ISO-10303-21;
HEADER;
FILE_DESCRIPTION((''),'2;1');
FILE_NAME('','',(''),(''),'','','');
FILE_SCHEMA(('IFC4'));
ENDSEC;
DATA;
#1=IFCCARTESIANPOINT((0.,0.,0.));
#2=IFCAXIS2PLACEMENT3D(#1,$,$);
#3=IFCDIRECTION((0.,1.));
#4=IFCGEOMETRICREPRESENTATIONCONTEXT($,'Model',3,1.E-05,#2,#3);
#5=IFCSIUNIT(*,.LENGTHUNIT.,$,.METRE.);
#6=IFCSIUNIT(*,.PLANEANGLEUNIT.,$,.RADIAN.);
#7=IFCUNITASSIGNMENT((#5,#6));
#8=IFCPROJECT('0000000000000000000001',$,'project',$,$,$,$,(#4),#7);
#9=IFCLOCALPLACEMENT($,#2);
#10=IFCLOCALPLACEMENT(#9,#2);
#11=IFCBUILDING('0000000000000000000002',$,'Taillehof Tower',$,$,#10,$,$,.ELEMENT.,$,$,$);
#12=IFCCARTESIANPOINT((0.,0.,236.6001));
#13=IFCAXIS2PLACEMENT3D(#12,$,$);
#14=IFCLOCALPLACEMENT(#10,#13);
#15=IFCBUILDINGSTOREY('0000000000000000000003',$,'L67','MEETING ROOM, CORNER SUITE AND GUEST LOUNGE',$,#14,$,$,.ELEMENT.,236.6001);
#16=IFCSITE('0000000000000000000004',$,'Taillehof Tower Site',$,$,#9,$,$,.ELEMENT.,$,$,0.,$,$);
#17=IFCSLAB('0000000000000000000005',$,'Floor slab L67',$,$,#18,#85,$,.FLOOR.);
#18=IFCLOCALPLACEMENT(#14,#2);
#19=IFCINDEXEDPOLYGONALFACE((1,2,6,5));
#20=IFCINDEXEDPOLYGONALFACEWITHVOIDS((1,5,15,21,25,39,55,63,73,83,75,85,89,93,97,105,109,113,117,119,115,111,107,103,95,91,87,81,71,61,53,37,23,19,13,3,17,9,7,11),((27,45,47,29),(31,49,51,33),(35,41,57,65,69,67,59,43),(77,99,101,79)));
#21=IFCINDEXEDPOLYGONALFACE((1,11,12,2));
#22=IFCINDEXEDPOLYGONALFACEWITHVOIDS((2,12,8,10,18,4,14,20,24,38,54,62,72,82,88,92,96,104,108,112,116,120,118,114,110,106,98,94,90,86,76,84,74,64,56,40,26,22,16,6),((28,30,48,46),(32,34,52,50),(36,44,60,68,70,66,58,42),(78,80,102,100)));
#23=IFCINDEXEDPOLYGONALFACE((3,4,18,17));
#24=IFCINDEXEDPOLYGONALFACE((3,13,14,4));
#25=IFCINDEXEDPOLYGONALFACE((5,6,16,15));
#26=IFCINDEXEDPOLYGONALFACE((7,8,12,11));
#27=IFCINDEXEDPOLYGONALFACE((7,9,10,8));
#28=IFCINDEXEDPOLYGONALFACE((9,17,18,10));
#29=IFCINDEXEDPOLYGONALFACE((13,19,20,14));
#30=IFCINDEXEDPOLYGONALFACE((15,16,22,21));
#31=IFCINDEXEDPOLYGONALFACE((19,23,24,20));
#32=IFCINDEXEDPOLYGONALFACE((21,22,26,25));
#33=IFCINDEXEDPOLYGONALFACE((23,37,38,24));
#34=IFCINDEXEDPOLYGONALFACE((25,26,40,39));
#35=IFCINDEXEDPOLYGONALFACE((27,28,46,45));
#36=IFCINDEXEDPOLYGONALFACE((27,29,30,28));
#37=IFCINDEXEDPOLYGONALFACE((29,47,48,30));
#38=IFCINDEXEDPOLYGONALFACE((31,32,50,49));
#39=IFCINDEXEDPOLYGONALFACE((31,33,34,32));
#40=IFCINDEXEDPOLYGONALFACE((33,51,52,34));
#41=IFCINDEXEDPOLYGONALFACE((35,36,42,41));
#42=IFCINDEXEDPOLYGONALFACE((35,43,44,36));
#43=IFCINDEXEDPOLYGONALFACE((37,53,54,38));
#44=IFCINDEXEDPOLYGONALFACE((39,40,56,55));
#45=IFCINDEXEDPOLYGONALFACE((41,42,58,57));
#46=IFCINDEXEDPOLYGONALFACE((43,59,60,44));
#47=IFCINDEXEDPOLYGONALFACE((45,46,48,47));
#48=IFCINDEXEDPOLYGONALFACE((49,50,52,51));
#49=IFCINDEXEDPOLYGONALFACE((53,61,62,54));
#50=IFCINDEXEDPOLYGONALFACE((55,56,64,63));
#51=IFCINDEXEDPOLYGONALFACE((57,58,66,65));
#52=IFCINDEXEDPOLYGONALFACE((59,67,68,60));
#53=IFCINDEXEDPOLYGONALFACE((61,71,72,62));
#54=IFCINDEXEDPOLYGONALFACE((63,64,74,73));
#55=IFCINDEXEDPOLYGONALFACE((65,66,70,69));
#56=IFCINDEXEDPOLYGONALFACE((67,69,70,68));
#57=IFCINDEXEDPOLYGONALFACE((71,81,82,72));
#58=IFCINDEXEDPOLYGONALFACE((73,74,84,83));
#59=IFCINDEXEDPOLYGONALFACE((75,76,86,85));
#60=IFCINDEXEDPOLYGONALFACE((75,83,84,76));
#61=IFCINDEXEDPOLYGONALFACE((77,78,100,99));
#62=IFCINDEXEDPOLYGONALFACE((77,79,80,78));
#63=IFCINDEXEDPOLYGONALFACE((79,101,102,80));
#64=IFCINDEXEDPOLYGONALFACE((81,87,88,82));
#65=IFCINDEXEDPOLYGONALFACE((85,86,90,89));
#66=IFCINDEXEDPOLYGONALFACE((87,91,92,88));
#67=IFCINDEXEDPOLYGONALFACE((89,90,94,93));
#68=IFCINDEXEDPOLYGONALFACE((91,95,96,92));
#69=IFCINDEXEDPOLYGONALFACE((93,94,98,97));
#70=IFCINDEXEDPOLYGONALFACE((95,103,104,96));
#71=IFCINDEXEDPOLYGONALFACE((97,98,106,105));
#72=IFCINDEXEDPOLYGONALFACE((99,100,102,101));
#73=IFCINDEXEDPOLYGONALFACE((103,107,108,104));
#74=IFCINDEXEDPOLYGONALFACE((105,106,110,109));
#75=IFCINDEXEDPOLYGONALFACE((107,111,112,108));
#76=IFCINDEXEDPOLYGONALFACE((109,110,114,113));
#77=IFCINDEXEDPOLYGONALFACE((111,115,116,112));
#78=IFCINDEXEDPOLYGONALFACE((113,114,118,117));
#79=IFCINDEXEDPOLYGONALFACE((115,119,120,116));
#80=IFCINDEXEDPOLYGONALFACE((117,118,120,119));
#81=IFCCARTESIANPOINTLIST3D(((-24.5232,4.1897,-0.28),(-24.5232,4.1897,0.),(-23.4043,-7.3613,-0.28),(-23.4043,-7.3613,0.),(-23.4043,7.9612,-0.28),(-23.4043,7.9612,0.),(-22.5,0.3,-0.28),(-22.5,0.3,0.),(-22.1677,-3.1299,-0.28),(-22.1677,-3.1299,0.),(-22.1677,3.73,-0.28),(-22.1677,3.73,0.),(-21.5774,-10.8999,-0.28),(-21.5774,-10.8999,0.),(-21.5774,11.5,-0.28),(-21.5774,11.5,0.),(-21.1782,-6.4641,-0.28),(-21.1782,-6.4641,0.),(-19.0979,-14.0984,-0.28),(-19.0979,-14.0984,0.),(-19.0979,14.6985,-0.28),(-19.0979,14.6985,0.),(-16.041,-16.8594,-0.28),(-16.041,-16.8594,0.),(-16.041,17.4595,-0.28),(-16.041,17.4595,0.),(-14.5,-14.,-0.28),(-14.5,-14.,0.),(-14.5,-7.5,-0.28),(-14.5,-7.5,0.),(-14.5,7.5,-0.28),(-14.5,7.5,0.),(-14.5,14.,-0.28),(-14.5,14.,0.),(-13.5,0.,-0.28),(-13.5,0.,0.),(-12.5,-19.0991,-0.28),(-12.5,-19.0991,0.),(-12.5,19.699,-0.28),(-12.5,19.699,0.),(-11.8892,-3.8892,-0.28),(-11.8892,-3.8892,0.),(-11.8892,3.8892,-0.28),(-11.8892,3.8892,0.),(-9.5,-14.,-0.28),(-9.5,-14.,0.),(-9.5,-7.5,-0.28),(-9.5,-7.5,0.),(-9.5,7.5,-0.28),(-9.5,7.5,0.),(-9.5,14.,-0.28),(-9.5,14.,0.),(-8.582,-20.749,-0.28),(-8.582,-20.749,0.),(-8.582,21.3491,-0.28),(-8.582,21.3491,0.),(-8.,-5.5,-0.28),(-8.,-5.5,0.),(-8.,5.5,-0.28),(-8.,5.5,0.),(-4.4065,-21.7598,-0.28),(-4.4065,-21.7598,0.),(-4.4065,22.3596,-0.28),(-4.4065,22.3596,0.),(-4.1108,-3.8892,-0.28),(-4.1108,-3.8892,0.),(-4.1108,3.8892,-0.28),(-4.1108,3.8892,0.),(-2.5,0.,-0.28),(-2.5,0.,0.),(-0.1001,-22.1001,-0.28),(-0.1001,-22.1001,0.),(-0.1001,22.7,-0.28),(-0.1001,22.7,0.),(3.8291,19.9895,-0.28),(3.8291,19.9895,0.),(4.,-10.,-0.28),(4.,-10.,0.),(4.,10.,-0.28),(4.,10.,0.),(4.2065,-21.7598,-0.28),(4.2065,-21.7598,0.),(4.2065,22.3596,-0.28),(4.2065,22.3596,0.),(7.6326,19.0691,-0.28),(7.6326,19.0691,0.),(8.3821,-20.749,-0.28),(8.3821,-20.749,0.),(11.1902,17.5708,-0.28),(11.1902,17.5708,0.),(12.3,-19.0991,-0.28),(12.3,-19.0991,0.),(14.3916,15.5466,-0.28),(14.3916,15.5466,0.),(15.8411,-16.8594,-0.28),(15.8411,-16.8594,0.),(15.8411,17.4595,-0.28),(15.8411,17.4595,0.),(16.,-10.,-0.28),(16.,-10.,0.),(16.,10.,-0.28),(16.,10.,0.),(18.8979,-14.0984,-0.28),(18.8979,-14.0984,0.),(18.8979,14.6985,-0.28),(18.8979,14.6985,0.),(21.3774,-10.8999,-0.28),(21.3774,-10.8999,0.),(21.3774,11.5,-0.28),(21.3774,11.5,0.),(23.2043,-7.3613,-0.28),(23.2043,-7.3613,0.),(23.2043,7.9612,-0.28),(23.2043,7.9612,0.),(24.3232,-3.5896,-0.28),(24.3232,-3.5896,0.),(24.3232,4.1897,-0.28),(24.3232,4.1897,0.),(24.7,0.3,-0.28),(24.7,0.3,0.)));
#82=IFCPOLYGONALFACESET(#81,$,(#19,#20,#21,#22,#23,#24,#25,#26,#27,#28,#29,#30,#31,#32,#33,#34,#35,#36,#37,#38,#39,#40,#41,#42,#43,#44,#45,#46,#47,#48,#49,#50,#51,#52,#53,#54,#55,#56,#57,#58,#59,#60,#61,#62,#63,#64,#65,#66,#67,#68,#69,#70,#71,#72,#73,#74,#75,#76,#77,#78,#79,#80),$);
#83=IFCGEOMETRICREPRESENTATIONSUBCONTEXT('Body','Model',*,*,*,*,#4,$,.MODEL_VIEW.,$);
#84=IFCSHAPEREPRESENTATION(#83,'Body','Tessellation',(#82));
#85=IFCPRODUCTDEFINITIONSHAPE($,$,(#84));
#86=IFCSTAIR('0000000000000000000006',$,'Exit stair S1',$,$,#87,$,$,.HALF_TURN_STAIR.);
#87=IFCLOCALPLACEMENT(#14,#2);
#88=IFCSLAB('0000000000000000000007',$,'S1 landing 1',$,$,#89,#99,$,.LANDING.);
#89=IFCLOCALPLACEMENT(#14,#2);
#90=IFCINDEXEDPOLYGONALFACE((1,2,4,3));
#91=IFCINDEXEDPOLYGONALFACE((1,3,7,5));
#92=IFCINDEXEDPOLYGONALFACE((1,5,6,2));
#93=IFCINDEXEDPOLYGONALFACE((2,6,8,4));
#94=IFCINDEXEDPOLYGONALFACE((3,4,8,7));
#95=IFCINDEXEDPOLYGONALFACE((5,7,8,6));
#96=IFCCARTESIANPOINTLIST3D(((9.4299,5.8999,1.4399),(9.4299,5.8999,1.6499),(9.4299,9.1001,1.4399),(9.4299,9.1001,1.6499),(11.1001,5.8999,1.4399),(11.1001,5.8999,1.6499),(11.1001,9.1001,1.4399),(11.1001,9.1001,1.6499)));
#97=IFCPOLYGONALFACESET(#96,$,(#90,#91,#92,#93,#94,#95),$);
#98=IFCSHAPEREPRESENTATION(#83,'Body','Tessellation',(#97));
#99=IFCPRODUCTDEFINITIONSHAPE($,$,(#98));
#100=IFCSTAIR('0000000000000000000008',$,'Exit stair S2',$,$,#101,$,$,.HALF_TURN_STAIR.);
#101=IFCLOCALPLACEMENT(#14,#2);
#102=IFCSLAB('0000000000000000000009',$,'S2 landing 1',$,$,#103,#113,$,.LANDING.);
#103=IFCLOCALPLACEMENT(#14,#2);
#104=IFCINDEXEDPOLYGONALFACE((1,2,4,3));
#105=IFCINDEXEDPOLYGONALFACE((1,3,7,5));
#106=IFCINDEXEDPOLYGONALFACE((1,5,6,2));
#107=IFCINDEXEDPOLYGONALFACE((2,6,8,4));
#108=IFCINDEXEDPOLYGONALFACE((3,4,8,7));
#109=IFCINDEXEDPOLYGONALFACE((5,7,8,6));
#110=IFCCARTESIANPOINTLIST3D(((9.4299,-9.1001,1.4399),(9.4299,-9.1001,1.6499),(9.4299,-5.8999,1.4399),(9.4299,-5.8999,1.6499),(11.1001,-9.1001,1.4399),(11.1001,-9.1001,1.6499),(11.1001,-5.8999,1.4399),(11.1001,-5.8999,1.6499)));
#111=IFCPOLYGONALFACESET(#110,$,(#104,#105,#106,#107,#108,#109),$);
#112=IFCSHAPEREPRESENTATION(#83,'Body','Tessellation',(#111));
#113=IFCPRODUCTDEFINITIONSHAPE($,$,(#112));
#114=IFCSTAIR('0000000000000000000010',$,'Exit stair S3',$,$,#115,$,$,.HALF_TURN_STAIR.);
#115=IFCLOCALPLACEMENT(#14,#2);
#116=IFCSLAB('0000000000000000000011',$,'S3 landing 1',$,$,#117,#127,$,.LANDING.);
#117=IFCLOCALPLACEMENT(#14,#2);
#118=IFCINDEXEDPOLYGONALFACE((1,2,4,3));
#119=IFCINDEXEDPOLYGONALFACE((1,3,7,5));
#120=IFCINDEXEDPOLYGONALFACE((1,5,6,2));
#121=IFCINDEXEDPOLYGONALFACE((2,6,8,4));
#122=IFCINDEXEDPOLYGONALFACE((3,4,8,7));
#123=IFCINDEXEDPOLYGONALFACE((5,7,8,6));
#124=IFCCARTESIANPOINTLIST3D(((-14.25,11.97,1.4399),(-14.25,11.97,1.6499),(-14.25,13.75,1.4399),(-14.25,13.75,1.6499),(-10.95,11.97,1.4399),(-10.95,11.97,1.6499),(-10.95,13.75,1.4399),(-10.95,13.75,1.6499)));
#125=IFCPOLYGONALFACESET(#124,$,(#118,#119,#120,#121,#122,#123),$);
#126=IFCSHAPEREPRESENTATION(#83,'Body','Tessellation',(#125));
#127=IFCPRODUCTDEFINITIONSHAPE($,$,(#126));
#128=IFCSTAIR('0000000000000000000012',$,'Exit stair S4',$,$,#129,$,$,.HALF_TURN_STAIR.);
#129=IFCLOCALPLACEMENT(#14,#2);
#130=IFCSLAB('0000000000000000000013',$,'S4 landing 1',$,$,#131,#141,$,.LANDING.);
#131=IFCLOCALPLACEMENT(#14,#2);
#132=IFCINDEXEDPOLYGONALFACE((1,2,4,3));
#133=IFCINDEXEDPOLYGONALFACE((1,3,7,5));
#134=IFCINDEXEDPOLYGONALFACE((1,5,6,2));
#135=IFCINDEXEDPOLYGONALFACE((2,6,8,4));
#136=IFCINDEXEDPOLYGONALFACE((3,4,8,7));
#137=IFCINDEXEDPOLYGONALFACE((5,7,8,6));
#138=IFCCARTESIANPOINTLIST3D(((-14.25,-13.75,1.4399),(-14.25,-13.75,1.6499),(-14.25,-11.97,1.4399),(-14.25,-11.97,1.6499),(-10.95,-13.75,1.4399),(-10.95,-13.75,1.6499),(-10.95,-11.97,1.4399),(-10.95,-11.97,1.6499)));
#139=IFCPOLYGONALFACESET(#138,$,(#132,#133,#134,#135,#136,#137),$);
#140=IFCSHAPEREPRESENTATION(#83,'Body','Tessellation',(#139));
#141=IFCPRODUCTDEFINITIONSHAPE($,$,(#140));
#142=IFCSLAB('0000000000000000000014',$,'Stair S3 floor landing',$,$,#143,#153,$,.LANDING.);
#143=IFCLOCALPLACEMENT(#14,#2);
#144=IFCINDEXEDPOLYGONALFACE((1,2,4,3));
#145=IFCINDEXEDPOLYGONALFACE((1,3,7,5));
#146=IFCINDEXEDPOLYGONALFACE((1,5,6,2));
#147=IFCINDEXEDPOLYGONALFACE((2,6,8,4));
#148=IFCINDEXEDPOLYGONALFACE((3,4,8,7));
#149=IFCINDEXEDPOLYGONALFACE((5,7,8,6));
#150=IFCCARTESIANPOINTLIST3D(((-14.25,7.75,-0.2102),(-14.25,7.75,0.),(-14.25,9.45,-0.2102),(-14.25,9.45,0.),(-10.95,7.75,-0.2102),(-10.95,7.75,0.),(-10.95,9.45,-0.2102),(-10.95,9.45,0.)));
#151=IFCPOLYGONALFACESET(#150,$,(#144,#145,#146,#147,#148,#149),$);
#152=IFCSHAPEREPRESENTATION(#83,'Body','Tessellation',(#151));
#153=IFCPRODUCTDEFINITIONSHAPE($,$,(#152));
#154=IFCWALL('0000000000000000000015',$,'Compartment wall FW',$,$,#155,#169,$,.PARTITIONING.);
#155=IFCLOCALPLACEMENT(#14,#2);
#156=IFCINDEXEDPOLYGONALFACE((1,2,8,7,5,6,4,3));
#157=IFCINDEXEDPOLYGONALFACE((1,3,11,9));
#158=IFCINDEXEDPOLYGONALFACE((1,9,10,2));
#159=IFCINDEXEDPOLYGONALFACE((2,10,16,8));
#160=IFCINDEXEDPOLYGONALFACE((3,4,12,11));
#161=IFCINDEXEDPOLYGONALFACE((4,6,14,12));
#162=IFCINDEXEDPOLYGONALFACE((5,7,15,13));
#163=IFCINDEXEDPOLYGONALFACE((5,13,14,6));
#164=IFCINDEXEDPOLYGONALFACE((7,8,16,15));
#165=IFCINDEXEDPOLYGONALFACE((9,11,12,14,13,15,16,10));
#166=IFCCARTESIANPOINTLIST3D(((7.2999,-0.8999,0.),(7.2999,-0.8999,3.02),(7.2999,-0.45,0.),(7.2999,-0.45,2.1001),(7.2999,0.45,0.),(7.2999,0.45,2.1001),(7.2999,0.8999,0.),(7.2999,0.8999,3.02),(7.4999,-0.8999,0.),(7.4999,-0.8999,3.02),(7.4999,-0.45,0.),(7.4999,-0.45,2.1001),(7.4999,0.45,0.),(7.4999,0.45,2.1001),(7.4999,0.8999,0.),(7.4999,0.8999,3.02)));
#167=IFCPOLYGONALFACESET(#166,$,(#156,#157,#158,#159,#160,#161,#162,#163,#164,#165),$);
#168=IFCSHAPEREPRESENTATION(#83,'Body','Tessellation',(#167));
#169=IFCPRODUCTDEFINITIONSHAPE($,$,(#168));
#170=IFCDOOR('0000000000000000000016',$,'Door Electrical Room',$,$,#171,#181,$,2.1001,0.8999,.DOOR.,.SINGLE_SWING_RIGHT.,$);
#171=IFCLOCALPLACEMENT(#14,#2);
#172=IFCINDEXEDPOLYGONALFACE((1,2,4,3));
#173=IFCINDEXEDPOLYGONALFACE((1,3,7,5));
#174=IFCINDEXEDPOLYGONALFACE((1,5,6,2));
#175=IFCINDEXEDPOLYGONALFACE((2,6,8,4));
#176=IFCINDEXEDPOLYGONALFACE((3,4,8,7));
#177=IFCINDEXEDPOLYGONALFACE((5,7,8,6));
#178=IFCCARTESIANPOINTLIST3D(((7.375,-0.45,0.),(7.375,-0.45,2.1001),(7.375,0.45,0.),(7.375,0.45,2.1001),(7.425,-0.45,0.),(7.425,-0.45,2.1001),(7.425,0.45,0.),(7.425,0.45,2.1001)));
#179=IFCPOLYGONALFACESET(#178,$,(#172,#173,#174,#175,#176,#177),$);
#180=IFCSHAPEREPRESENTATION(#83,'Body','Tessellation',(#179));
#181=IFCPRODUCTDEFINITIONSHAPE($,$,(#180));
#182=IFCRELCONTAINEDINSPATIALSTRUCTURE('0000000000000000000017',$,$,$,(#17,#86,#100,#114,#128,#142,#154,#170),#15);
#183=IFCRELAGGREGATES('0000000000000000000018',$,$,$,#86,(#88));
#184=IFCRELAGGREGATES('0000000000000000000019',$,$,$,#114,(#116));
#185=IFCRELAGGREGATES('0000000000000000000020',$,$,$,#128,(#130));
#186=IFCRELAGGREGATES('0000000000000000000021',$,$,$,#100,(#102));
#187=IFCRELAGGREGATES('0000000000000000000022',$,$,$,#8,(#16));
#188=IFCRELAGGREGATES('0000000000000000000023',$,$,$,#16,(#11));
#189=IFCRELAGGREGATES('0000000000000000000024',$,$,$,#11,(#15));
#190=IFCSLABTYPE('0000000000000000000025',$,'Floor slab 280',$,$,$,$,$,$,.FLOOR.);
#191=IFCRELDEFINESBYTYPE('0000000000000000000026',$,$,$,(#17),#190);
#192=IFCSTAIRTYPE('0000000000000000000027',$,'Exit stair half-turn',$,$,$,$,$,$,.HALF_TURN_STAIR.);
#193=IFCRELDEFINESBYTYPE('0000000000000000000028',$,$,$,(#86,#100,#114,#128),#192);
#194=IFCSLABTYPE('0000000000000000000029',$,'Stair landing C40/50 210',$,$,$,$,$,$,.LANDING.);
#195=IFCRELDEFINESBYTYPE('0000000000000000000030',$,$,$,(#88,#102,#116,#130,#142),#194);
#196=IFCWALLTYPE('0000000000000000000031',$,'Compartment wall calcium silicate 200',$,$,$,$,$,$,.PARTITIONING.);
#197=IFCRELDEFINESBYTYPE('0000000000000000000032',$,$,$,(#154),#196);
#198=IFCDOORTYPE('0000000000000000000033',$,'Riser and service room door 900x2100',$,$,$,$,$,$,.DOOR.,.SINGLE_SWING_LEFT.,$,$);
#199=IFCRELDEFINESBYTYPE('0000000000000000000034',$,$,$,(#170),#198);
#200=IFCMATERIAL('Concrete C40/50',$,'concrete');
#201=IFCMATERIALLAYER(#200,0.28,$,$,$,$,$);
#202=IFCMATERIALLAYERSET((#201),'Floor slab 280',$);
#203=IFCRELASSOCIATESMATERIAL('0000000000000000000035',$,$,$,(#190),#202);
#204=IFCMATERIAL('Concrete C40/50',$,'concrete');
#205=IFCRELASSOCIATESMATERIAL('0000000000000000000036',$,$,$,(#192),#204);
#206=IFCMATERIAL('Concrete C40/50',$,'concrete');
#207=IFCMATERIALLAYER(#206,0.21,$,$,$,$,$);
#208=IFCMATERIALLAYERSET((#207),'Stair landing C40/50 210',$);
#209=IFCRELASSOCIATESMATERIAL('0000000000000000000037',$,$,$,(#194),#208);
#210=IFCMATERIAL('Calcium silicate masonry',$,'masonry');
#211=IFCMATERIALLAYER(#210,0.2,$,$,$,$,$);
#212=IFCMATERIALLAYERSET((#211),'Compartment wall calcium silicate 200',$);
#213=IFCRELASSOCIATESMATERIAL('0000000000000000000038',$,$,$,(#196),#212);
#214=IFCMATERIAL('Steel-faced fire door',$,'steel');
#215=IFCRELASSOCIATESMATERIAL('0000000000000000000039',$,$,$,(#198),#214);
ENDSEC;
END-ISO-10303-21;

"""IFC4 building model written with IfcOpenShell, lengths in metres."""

from ifc_helpers import new_model, si_unit, direction, frame, frame_2d, origin, place, context, subcontext, project, spatial, polyline, rectangle, outline, extrude, material, layer, layer_set, type_object, element, fill, aggregate, save


model = new_model("IFC4")

# Units and contexts
model_context = context("Model", 3, precision=1e-05, world=origin(), true_north=direction((0.0, 1.0)))
body_context = subcontext(model_context, "Body", "Model", "MODEL_VIEW")
ifc_project = project(units=[si_unit("LENGTHUNIT", "METRE"), si_unit("PLANEANGLEUNIT", "RADIAN")], contexts=[model_context])

# Site, building, storey
site_placement = place(None, origin())
site = spatial("IfcSite", under=ifc_project, at=site_placement, Name="Taillehof Tower Site", CompositionType="ELEMENT", RefElevation=0.0)
building_placement = place(site_placement, origin())
building = spatial("IfcBuilding", under=site, at=building_placement, Name="Taillehof Tower", CompositionType="ELEMENT")
storey_placement = place(building_placement, frame((0.0, 0.0, 236.6001)))
storey = spatial("IfcBuildingStorey", under=building, at=storey_placement, Name="L67", Description="MEETING ROOM, CORNER SUITE AND GUEST LOUNGE", CompositionType="ELEMENT", Elevation=236.6001)

# Slab
ifc_material_1 = material(Name="Concrete C40/50", Category="concrete")
ifc_layer_1 = layer(ifc_material_1, 0.28)
ifc_layer_set_1 = layer_set([ifc_layer_1], Name="Floor slab 280")
slab_type_1 = type_object("IfcSlabType", Name="Floor slab 280", PredefinedType="FLOOR", material=ifc_layer_set_1)
slab_1_placement = place(storey_placement, frame((0.0, 0.0, -0.28)))
element("IfcSlab", 1, at=slab_1_placement, inside=storey, type_object=slab_type_1, Name="Floor slab L67", PredefinedType="FLOOR", context=body_context, shape_type="SweptSolid", body=[
    extrude(outline(polyline([(24.7, 0.3), (24.3232, 4.1897), (23.2043, 7.9612), (21.3774, 11.5), (18.8979, 14.6985), (15.8411, 17.4595), (14.3916, 15.5466), (11.1902, 17.5708), (7.6326, 19.0691), (3.8291, 19.9895), (4.2065, 22.3596), (-0.1001, 22.7), (-4.4065, 22.3596), (-8.582, 21.3491), (-12.5, 19.699), (-16.041, 17.4595), (-19.0979, 14.6985), (-21.5774, 11.5), (-23.4043, 7.9612), (-24.5232, 4.1897), (-22.1677, 3.73), (-22.5, 0.3), (-22.1677, -3.1299), (-21.1782, -6.4641), (-23.4043, -7.3613), (-21.5774, -10.8999), (-19.0979, -14.0984), (-16.041, -16.8594), (-12.5, -19.0991), (-8.582, -20.749), (-4.4065, -21.7598), (-0.1001, -22.1001), (4.2065, -21.7598), (8.3821, -20.749), (12.3, -19.0991), (15.8411, -16.8594), (18.8979, -14.0984), (21.3774, -10.8999), (23.2043, -7.3613), (24.3232, -3.5896), (24.7, 0.3)]), holes=[polyline([(-14.5, -7.5), (-9.5, -7.5), (-9.5, -14.0), (-14.5, -14.0), (-14.5, -7.5)]), polyline([(-8.0, -5.5), (-11.8892, -3.8892), (-13.5, 0.0), (-11.8892, 3.8892), (-8.0, 5.5), (-4.1108, 3.8892), (-2.5, 0.0), (-4.1108, -3.8892), (-8.0, -5.5)]), polyline([(16.0, 10.0), (16.0, -10.0), (4.0, -10.0), (4.0, 10.0), (16.0, 10.0)]), polyline([(-14.5, 14.0), (-9.5, 14.0), (-9.5, 7.5), (-14.5, 7.5), (-14.5, 14.0)])]), origin(), (0.0, 0.0, 1.0), 0.28),
])

# Stairs, slabs
ifc_material_2 = material(Name="Concrete C40/50", Category="concrete")
stair_type = type_object("IfcStairType", Name="Exit stair half-turn", PredefinedType="HALF_TURN_STAIR", material=ifc_material_2)
stair_1_placement = place(storey_placement, origin())
stair_1 = element("IfcStair", 2, at=stair_1_placement, inside=storey, type_object=stair_type, Name="Exit stair S1", PredefinedType="HALF_TURN_STAIR")
ifc_material_3 = material(Name="Concrete C40/50", Category="concrete")
ifc_layer_2 = layer(ifc_material_3, 0.21)
ifc_layer_set_2 = layer_set([ifc_layer_2], Name="Stair landing C40/50 210")
slab_type_2 = type_object("IfcSlabType", Name="Stair landing C40/50 210", PredefinedType="LANDING", material=ifc_layer_set_2)
slab_2_placement = place(storey_placement, frame((0.0, 0.0, 1.4399)))
slab_2 = element("IfcSlab", 3, at=slab_2_placement, type_object=slab_type_2, Name="S1 landing 1", PredefinedType="LANDING", context=body_context, shape_type="SweptSolid", body=[
    extrude(outline(polyline([(9.4299, 5.8999), (11.1001, 5.8999), (11.1001, 9.1001), (9.4299, 9.1001), (9.4299, 5.8999)])), origin(), (0.0, 0.0, 1.0), 0.21),
])
aggregate(stair_1, [slab_2])
stair_2_placement = place(storey_placement, origin())
stair_2 = element("IfcStair", 4, at=stair_2_placement, inside=storey, type_object=stair_type, Name="Exit stair S2", PredefinedType="HALF_TURN_STAIR")
slab_3_placement = place(storey_placement, frame((0.0, 0.0, 1.4399)))
slab_3 = element("IfcSlab", 5, at=slab_3_placement, type_object=slab_type_2, Name="S2 landing 1", PredefinedType="LANDING", context=body_context, shape_type="SweptSolid", body=[
    extrude(outline(polyline([(9.4299, -5.8999), (11.1001, -5.8999), (11.1001, -9.1001), (9.4299, -9.1001), (9.4299, -5.8999)])), origin(), (0.0, 0.0, 1.0), 0.21),
])
stair_3_placement = place(storey_placement, origin())
stair_3 = element("IfcStair", 6, at=stair_3_placement, inside=storey, type_object=stair_type, Name="Exit stair S3", PredefinedType="HALF_TURN_STAIR")
slab_4_placement = place(storey_placement, frame((0.0, 0.0, 1.4399)))
slab_4 = element("IfcSlab", 7, at=slab_4_placement, type_object=slab_type_2, Name="S3 landing 1", PredefinedType="LANDING", context=body_context, shape_type="SweptSolid", body=[
    extrude(outline(polyline([(-14.25, 11.97), (-14.25, 13.75), (-10.95, 13.75), (-10.95, 11.97), (-14.25, 11.97)])), origin(), (0.0, 0.0, 1.0), 0.21),
])
aggregate(stair_3, [slab_4])
stair_4_placement = place(storey_placement, origin())
stair_4 = element("IfcStair", 8, at=stair_4_placement, inside=storey, type_object=stair_type, Name="Exit stair S4", PredefinedType="HALF_TURN_STAIR")
slab_5_placement = place(storey_placement, frame((0.0, 0.0, 1.4399)))
slab_5 = element("IfcSlab", 9, at=slab_5_placement, type_object=slab_type_2, Name="S4 landing 1", PredefinedType="LANDING", context=body_context, shape_type="SweptSolid", body=[
    extrude(outline(polyline([(-14.25, -11.97), (-14.25, -13.75), (-10.95, -13.75), (-10.95, -11.97), (-14.25, -11.97)])), origin(), (0.0, 0.0, 1.0), 0.21),
])
aggregate(stair_4, [slab_5])

# Slab
slab_6_placement = place(storey_placement, frame((0.0, 0.0, -0.2102)))
element("IfcSlab", 10, at=slab_6_placement, inside=storey, type_object=slab_type_2, Name="Stair S3 floor landing", PredefinedType="LANDING", context=body_context, shape_type="SweptSolid", body=[
    extrude(outline(polyline([(-14.25, 7.75), (-14.25, 9.45), (-10.95, 9.45), (-10.95, 7.75), (-14.25, 7.75)])), origin(), (0.0, 0.0, 1.0), 0.2102),
])

# Wall, opening, door
ifc_material_4 = material(Name="Calcium silicate masonry", Category="masonry")
ifc_layer_3 = layer(ifc_material_4, 0.2)
ifc_layer_set_3 = layer_set([ifc_layer_3], Name="Compartment wall calcium silicate 200")
wall_type_1 = type_object("IfcWallType", Name="Compartment wall calcium silicate 200", PredefinedType="PARTITIONING", material=ifc_layer_set_3)
wall_1_placement = place(storey_placement, frame((7.3999, -0.8999, 0.0), z_axis=(0.0, 0.0, 1.0), x_axis=(0.0, 1.0, 0.0)))
wall_1 = element("IfcWall", 11, at=wall_1_placement, inside=storey, type_object=wall_type_1, Name="Compartment wall FW", PredefinedType="PARTITIONING", context=body_context, shape_type="SweptSolid", body=[
    extrude(rectangle(XDim=1.7998, YDim=0.2, at=frame_2d((0.8999, 0.0))), origin(), (0.0, 0.0, 1.0), 3.02),
])
opening_1_placement = place(wall_1_placement, frame((0.45, 0.0, 0.0)))
opening_1 = element("IfcOpeningElement", 12, at=opening_1_placement, cuts=wall_1, PredefinedType="OPENING", context=body_context, shape_type="SweptSolid", body=[
    extrude(rectangle(XDim=0.8999, YDim=2.1001, at=frame_2d((0.45, 1.05))), frame((0.0, 0.1099, 0.0), z_axis=(0.0, -1.0, 0.0), x_axis=(1.0, 0.0, 0.0)), (0.0, 0.0, 1.0), 0.22),
])
ifc_material_5 = material(Name="Steel-faced fire door", Category="steel")
door_type_1 = type_object("IfcDoorType", Name="Riser and service room door 900x2100", OperationType="SINGLE_SWING_LEFT", PredefinedType="DOOR", material=ifc_material_5)
door_1_placement = place(opening_1_placement, origin())
door_1 = element("IfcDoor", 13, at=door_1_placement, inside=storey, type_object=door_type_1, Name="Door Electrical Room", OperationType="SINGLE_SWING_RIGHT", OverallHeight=2.1001, OverallWidth=0.8999, PredefinedType="DOOR", context=body_context, shape_type="SweptSolid", body=[
    extrude(rectangle(XDim=0.8999, YDim=2.1001, at=frame_2d((0.45, 1.05))), frame((0.0, 0.0249, 0.0), z_axis=(0.0, -1.0, 0.0), x_axis=(1.0, 0.0, 0.0)), (0.0, 0.0, 1.0), 0.05),
])
fill(opening_1, door_1)

aggregate(stair_2, [slab_3])

save(model, "model.ifc")
